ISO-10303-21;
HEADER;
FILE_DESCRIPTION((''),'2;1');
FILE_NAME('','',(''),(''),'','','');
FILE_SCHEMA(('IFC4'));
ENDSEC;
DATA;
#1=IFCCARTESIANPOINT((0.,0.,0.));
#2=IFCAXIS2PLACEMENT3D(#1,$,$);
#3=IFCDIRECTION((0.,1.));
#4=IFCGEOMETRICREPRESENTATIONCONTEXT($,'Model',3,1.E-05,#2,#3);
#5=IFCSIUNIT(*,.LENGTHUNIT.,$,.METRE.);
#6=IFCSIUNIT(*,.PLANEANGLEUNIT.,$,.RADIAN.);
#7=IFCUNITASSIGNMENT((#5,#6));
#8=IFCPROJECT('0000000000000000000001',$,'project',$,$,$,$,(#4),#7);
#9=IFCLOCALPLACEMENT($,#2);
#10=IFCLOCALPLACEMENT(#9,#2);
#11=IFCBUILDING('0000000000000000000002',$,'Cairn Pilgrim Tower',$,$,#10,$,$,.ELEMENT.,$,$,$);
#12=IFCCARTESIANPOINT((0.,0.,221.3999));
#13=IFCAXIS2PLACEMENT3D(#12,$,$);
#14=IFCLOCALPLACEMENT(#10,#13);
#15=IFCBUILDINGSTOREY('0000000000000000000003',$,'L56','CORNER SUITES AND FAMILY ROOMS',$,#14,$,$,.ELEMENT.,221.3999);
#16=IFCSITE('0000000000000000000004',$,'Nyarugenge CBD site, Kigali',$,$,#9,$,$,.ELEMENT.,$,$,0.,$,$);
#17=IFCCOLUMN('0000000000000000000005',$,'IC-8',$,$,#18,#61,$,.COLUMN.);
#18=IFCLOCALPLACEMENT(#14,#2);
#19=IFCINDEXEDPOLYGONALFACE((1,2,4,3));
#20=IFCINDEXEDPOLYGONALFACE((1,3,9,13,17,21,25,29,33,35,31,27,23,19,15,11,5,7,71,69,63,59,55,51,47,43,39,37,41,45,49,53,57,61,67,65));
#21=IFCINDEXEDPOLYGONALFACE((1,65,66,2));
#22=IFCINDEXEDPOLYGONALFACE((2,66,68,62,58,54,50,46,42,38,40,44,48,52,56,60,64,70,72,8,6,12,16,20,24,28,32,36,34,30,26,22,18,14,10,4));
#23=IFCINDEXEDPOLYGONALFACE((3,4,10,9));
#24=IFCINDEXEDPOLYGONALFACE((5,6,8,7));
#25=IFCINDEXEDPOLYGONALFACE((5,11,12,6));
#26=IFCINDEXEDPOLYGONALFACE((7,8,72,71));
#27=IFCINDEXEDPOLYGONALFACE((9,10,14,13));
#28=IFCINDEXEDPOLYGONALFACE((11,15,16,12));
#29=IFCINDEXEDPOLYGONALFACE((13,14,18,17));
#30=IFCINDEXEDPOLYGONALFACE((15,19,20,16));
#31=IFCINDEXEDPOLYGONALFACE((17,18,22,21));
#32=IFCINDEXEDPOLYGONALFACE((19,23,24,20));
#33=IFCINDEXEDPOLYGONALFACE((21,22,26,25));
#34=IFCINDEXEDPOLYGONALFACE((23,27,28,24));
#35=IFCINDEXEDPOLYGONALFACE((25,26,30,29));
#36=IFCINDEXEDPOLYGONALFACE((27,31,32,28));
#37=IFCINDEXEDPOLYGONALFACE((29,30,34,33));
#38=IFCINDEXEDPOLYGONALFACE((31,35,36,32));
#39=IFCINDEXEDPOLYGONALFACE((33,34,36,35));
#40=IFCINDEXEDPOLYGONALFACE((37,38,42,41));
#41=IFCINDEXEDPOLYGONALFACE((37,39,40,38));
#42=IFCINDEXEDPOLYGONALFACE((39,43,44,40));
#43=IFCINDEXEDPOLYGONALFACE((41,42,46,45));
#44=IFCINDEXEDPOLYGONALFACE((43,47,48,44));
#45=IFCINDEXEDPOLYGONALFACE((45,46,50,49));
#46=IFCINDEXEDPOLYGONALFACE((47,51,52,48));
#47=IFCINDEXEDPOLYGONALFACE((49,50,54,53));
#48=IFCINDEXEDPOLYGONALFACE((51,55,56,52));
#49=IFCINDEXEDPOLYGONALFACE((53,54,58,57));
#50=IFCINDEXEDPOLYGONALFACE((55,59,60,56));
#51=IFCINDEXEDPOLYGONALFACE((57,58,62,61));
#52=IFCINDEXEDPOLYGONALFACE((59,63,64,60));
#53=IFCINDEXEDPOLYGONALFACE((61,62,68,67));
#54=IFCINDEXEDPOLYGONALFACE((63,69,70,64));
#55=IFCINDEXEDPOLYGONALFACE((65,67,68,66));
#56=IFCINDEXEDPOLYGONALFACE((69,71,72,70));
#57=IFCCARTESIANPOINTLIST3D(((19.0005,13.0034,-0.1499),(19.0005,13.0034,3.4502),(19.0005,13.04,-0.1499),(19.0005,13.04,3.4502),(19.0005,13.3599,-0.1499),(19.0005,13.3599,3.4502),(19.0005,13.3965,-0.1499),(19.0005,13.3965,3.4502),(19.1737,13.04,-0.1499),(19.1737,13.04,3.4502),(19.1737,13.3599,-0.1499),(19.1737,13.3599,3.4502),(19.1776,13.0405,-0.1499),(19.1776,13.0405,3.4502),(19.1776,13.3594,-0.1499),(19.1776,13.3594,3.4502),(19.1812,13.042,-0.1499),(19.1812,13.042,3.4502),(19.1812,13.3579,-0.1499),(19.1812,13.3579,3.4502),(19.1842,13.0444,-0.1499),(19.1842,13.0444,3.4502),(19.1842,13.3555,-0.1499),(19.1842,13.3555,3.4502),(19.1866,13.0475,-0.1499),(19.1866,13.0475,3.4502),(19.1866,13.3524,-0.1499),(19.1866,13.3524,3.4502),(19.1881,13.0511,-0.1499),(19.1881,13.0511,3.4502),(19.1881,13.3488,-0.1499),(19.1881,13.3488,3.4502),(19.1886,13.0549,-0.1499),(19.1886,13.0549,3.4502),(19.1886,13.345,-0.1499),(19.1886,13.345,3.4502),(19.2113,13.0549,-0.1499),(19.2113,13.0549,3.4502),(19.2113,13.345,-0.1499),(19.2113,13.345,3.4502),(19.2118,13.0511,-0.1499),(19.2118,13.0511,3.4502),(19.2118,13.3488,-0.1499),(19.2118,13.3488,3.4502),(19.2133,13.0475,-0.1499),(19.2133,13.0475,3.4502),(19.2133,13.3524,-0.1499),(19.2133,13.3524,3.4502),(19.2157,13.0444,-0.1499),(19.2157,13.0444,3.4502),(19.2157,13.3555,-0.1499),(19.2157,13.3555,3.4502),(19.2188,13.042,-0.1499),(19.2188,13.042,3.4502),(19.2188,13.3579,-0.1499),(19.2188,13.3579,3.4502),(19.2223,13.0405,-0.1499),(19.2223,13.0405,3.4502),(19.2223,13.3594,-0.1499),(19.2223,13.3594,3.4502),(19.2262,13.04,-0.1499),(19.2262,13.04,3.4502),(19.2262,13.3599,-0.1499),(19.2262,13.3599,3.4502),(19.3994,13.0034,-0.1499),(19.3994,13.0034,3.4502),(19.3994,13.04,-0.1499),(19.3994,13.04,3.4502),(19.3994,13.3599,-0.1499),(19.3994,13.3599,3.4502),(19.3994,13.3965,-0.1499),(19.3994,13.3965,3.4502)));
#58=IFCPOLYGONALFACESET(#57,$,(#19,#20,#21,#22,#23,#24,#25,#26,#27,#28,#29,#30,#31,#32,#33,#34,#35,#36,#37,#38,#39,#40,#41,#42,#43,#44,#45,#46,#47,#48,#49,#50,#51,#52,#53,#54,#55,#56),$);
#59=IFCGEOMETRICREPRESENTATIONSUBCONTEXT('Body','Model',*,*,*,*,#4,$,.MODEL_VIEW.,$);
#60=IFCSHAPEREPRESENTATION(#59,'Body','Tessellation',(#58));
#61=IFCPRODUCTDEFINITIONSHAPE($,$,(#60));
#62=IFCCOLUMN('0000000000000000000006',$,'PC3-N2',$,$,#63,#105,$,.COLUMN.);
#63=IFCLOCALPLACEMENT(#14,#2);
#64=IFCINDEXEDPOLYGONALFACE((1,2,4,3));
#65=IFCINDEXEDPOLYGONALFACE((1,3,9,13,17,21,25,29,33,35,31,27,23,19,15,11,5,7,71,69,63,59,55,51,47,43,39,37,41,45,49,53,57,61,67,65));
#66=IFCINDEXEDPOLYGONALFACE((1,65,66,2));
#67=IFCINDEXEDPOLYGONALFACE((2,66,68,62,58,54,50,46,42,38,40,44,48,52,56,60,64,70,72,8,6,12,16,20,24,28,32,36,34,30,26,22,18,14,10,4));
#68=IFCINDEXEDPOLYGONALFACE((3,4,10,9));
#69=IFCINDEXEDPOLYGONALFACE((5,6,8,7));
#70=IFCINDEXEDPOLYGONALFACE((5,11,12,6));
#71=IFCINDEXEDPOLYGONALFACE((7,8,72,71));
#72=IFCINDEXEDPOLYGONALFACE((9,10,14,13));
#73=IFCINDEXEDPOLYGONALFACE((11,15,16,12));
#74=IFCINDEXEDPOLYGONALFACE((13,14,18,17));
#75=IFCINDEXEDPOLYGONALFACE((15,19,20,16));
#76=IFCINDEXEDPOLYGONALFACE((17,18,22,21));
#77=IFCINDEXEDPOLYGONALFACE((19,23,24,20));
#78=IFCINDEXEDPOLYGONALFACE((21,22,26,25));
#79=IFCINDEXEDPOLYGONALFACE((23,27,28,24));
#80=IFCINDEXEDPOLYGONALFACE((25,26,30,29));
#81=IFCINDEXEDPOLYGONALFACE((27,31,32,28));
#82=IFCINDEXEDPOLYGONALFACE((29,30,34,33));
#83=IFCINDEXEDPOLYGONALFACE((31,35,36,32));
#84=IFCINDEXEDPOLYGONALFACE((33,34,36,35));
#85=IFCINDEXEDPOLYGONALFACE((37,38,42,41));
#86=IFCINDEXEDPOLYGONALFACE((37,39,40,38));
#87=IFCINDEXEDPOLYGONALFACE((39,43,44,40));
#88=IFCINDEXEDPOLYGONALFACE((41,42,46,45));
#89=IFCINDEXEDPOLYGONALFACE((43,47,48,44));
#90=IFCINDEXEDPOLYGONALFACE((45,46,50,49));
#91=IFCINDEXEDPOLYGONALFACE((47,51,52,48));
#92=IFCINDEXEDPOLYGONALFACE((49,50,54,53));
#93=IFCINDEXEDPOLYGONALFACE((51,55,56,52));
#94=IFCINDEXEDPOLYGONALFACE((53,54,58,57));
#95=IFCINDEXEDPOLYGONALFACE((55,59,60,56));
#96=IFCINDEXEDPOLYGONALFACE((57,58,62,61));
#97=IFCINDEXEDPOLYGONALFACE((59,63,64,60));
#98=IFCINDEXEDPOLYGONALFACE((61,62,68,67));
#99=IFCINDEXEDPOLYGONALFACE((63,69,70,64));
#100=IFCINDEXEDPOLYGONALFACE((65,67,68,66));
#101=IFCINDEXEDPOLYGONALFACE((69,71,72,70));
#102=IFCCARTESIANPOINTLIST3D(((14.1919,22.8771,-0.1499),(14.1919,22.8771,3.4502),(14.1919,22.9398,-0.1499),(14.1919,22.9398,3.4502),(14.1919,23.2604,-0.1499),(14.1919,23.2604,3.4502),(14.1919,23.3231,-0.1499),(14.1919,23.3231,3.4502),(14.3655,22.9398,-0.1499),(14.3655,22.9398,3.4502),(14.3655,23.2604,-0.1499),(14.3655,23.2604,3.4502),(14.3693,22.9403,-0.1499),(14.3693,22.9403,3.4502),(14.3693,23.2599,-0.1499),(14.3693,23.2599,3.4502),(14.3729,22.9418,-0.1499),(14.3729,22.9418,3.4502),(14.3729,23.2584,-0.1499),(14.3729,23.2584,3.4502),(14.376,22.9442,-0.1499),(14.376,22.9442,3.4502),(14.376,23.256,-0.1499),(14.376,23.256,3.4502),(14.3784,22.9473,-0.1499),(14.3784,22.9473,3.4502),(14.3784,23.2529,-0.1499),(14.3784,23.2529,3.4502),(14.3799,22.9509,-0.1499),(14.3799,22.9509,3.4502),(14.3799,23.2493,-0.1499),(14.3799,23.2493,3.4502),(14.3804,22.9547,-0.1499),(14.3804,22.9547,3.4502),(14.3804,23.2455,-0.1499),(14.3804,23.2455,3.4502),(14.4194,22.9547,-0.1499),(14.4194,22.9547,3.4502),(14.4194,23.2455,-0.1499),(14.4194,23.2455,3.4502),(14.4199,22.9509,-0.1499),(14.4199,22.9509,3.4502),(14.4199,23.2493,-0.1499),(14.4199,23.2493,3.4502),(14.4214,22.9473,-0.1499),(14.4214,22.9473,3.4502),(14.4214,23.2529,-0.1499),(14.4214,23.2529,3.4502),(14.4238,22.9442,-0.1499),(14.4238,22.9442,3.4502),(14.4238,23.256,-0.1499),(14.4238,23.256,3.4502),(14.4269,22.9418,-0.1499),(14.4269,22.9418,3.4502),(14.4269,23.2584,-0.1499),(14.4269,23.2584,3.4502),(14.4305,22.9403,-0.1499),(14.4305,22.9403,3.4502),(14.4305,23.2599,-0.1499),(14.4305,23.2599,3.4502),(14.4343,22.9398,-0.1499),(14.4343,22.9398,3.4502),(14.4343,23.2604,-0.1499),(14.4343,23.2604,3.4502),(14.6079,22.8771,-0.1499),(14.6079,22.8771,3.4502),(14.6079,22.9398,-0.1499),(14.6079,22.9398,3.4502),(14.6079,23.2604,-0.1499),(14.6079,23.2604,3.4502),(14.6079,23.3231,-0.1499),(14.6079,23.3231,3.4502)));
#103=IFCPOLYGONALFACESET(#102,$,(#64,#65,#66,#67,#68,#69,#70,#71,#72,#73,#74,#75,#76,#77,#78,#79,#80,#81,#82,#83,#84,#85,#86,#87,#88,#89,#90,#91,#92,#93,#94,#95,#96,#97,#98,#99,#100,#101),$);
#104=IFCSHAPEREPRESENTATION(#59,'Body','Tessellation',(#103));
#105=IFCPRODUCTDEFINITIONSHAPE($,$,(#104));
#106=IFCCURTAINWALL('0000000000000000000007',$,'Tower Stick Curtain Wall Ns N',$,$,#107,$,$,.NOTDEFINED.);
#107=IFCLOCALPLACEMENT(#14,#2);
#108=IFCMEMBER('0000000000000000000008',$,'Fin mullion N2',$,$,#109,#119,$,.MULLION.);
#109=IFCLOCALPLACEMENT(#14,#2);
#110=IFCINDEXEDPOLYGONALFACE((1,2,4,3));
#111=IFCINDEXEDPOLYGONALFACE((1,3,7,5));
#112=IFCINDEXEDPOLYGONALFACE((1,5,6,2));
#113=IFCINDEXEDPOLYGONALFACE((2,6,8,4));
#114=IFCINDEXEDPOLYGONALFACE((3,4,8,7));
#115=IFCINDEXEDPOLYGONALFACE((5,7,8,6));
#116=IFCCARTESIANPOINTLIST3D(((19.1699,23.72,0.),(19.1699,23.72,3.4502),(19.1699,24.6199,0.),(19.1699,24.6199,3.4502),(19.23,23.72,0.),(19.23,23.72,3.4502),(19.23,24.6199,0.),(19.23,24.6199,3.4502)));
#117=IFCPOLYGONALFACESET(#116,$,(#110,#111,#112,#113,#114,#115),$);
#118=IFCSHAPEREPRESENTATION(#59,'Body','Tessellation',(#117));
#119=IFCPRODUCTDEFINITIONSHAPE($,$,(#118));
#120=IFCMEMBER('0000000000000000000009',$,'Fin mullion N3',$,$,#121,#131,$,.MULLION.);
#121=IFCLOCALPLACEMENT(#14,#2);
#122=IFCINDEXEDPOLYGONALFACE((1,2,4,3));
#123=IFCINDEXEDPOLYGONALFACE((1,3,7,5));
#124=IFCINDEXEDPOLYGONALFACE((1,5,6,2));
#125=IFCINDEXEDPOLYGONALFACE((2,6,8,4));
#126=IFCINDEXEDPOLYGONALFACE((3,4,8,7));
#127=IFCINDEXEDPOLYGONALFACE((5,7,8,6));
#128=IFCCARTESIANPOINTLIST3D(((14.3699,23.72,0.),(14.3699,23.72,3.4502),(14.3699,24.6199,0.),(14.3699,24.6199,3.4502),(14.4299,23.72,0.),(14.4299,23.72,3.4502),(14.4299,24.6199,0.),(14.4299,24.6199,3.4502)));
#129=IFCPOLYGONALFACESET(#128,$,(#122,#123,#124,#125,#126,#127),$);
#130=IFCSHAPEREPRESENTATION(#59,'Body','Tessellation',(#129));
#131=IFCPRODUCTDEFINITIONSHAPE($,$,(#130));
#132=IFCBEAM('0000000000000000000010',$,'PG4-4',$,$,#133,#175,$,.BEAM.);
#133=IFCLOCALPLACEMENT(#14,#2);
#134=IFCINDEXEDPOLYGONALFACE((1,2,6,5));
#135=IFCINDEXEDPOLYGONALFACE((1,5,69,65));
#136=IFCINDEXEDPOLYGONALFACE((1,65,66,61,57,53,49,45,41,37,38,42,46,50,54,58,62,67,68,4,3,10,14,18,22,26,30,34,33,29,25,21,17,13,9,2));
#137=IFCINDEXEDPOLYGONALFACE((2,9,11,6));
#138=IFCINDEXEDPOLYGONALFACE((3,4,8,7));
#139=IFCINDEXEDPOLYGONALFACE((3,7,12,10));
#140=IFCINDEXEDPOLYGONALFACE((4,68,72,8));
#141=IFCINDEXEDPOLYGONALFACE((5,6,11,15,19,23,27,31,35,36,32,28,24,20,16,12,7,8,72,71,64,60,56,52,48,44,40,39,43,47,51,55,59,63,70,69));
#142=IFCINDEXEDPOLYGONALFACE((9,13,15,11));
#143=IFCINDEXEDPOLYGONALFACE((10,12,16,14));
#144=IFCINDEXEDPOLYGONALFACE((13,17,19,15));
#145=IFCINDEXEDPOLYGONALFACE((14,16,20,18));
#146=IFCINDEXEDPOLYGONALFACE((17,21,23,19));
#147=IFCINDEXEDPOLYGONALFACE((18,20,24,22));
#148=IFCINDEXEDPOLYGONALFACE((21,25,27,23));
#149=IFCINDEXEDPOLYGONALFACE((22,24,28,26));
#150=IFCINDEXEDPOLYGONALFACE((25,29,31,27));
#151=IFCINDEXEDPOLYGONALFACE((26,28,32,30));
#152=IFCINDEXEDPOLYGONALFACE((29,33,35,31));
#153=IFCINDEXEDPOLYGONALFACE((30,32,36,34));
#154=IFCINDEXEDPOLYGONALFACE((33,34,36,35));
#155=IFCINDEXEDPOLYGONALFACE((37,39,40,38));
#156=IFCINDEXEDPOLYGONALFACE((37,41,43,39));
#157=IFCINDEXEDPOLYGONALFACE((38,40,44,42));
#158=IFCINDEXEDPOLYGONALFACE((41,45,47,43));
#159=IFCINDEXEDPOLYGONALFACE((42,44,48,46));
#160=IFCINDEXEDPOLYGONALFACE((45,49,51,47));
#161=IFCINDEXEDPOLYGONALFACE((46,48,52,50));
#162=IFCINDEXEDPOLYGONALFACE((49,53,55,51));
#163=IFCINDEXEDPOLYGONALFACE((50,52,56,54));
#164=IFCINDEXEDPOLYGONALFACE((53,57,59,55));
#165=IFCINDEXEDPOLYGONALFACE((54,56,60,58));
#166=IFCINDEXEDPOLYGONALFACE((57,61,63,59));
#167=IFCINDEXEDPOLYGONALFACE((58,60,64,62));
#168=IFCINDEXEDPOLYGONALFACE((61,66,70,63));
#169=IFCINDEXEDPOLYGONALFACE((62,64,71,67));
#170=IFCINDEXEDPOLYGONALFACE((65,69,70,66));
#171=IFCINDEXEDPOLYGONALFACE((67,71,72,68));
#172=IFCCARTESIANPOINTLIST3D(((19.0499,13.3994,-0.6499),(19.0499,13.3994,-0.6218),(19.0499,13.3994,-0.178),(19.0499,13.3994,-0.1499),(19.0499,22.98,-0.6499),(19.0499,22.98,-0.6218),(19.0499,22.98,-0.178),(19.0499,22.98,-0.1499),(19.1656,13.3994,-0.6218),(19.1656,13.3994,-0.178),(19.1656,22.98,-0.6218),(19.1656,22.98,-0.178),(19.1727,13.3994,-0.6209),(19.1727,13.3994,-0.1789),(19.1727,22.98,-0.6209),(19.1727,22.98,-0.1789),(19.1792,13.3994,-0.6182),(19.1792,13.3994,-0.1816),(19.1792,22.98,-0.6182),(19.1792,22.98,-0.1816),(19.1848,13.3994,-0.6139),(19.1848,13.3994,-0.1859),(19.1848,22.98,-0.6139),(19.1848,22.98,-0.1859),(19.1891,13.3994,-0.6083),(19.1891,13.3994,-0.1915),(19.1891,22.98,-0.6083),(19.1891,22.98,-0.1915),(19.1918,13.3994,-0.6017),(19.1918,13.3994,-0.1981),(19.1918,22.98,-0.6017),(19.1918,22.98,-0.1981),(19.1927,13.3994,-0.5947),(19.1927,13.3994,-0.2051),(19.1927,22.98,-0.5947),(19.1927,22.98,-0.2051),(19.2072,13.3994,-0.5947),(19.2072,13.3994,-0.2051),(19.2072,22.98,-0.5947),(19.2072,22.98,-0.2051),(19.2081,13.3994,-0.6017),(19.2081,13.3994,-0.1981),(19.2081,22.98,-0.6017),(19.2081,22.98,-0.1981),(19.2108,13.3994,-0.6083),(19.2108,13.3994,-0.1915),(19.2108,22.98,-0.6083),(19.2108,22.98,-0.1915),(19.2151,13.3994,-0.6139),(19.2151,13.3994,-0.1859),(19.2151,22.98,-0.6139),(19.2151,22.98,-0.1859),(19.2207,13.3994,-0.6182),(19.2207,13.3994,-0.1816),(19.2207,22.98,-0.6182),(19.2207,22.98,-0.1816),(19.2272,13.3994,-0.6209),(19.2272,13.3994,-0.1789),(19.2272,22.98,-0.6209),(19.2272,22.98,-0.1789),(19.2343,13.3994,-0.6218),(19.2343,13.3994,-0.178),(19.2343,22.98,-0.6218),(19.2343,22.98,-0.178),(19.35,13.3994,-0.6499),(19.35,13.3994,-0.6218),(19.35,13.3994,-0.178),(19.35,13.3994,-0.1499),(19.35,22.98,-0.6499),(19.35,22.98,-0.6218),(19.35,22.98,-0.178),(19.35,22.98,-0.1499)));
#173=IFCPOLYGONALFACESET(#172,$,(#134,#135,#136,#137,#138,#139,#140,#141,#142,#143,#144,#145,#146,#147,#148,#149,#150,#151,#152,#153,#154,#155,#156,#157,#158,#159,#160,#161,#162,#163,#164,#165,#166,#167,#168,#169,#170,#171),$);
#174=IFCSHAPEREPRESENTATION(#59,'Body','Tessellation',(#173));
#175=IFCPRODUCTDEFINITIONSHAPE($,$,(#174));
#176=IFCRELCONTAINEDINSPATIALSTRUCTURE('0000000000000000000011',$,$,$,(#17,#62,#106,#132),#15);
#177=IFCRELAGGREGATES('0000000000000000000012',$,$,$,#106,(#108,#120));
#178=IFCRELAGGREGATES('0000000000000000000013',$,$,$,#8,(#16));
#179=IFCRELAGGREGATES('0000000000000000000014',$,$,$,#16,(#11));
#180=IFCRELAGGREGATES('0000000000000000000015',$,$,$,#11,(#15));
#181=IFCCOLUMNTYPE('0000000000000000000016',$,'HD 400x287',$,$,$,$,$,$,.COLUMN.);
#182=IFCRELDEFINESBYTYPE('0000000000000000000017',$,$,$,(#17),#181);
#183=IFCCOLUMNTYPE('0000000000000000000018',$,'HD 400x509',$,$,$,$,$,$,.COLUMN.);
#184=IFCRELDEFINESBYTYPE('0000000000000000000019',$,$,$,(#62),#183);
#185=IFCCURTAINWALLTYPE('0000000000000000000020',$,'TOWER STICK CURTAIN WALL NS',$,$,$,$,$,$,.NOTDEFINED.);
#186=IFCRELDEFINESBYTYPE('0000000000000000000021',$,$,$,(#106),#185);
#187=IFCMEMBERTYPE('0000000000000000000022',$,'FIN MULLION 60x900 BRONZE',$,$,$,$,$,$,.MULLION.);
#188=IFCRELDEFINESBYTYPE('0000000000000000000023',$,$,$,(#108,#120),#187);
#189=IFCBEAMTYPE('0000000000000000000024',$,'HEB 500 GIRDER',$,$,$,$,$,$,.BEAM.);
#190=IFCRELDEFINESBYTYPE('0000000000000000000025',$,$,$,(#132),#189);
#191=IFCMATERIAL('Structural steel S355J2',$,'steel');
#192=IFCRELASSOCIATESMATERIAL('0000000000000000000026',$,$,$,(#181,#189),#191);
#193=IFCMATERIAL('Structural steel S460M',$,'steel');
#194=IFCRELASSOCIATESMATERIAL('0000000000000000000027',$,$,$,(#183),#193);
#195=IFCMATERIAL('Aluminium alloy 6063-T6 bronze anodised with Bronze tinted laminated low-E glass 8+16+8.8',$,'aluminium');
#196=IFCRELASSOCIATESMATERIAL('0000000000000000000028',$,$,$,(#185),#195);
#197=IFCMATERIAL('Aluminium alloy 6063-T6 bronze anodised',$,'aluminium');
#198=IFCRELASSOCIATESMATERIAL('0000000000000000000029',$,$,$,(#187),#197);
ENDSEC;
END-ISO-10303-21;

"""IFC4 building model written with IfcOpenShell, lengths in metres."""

from ifc_helpers import new_model, si_unit, direction, frame, origin, origin_2d, place, context, subcontext, project, spatial, rectangle, i_section, extrude, material, material_profile, profile_set, type_object, element, aggregate, save


model = new_model("IFC4")

# Units and contexts
model_context = context("Model", 3, precision=1e-05, world=origin(), true_north=direction((0.0, 1.0)))
body_context = subcontext(model_context, "Body", "Model", "MODEL_VIEW")
ifc_project = project(units=[si_unit("LENGTHUNIT", "METRE"), si_unit("PLANEANGLEUNIT", "RADIAN")], contexts=[model_context])

# Site, building, storey
site_placement = place(None, origin())
site = spatial("IfcSite", under=ifc_project, at=site_placement, Name="Nyarugenge CBD site, Kigali", CompositionType="ELEMENT", RefElevation=0.0)
building_placement = place(site_placement, origin())
building = spatial("IfcBuilding", under=site, at=building_placement, Name="Cairn Pilgrim Tower", CompositionType="ELEMENT")
storey_placement = place(building_placement, frame((0.0, 0.0, 221.3999)))
storey = spatial("IfcBuildingStorey", under=building, at=storey_placement, Name="L56", Description="CORNER SUITES AND FAMILY ROOMS", CompositionType="ELEMENT", Elevation=221.3999)

# Columns
ifc_material_1 = material(Name="Structural steel S355J2", Category="steel")
ifc_material_profile_1 = material_profile(ifc_material_1, i_section(OverallWidth=0.3989, OverallDepth=0.3931, WebThickness=0.0227, FlangeThickness=0.0366, FilletRadius=0.0149, at=origin_2d()), Name="HD 400x287")
ifc_profile_set_1 = profile_set([ifc_material_profile_1], Name="Structural steel S355J2")
column_type_1 = type_object("IfcColumnType", Name="HD 400x287", PredefinedType="COLUMN", material=ifc_profile_set_1)
column_1_placement = place(storey_placement, frame((19.2, 13.2, -0.1499), z_axis=(0.0, 0.0, 1.0), x_axis=(1.0, 0.0, 0.0)))
element("IfcColumn", 1, at=column_1_placement, inside=storey, type_object=column_type_1, Name="IC-8", PredefinedType="COLUMN", context=body_context, shape_type="SweptSolid", body=[
    extrude(i_section(OverallWidth=0.3989, OverallDepth=0.3931, WebThickness=0.0227, FlangeThickness=0.0366, FilletRadius=0.0149, at=origin_2d()), origin(), (0.0, 0.0, 1.0), 3.6001),
])
ifc_material_2 = material(Name="Structural steel S460M", Category="steel")
ifc_material_profile_2 = material_profile(ifc_material_2, i_section(OverallWidth=0.416, OverallDepth=0.446, WebThickness=0.0391, FlangeThickness=0.0627, FilletRadius=0.0149, at=origin_2d()), Name="HD 400x509")
ifc_profile_set_2 = profile_set([ifc_material_profile_2], Name="Structural steel S460M")
column_type_2 = type_object("IfcColumnType", Name="HD 400x509", PredefinedType="COLUMN", material=ifc_profile_set_2)
column_2_placement = place(storey_placement, frame((14.3999, 23.1001, -0.1499), z_axis=(0.0, 0.0, 1.0), x_axis=(1.0, 0.0, 0.0)))
element("IfcColumn", 2, at=column_2_placement, inside=storey, type_object=column_type_2, Name="PC3-N2", PredefinedType="COLUMN", context=body_context, shape_type="SweptSolid", body=[
    extrude(i_section(OverallWidth=0.416, OverallDepth=0.446, WebThickness=0.0391, FlangeThickness=0.0627, FilletRadius=0.0149, at=origin_2d()), origin(), (0.0, 0.0, 1.0), 3.6001),
])

# Curtain wall, members
ifc_material_3 = material(Name="Aluminium alloy 6063-T6 bronze anodised with Bronze tinted laminated low-E glass 8+16+8.8", Category="aluminium")
curtain_wall_type = type_object("IfcCurtainWallType", Name="TOWER STICK CURTAIN WALL NS", PredefinedType="NOTDEFINED", material=ifc_material_3)
curtain_wall_placement = place(storey_placement, origin())
curtain_wall = element("IfcCurtainWall", 3, at=curtain_wall_placement, inside=storey, type_object=curtain_wall_type, Name="Tower Stick Curtain Wall Ns N", PredefinedType="NOTDEFINED")
ifc_material_4 = material(Name="Aluminium alloy 6063-T6 bronze anodised", Category="aluminium")
ifc_material_profile_3 = material_profile(ifc_material_4, rectangle(XDim=0.8999, YDim=0.0601, at=origin_2d()), Name="FIN MULLION 60x900 BRONZE")
ifc_profile_set_3 = profile_set([ifc_material_profile_3], Name="Aluminium alloy 6063-T6 bronze anodised")
member_type_1 = type_object("IfcMemberType", Name="FIN MULLION 60x900 BRONZE", PredefinedType="MULLION", material=ifc_profile_set_3)
member_1_placement = place(storey_placement, frame((19.2, 24.1699, 0.0), z_axis=(0.0, 0.0, 1.0), x_axis=(0.0, 1.0, 0.0)))
member_1 = element("IfcMember", 4, at=member_1_placement, type_object=member_type_1, Name="Fin mullion N2", PredefinedType="MULLION", context=body_context, shape_type="SweptSolid", body=[
    extrude(rectangle(XDim=0.8999, YDim=0.0601, at=origin_2d()), origin(), (0.0, 0.0, 1.0), 3.4502),
])
member_2_placement = place(storey_placement, frame((14.3999, 24.1699, 0.0), z_axis=(0.0, 0.0, 1.0), x_axis=(0.0, 1.0, 0.0)))
member_2 = element("IfcMember", 5, at=member_2_placement, type_object=member_type_1, Name="Fin mullion N3", PredefinedType="MULLION", context=body_context, shape_type="SweptSolid", body=[
    extrude(rectangle(XDim=0.8999, YDim=0.0601, at=origin_2d()), origin(), (0.0, 0.0, 1.0), 3.4502),
])

# Beam
ifc_material_profile_4 = material_profile(ifc_material_1, i_section(OverallWidth=0.3, OverallDepth=0.5, WebThickness=0.0144, FlangeThickness=0.0281, FilletRadius=0.0271, at=origin_2d()), Name="HEB 500")
ifc_profile_set_4 = profile_set([ifc_material_profile_4], Name="Structural steel S355J2")
beam_type_1 = type_object("IfcBeamType", Name="HEB 500 GIRDER", PredefinedType="BEAM", material=ifc_profile_set_4)
beam_1_placement = place(storey_placement, frame((19.2, 13.3994, -0.3999), z_axis=(0.0, 1.0, 0.0), x_axis=(-1.0, 0.0, 0.0)))
element("IfcBeam", 6, at=beam_1_placement, inside=storey, type_object=beam_type_1, Name="PG4-4", PredefinedType="BEAM", context=body_context, shape_type="SweptSolid", body=[
    extrude(i_section(OverallWidth=0.3, OverallDepth=0.5, WebThickness=0.0144, FlangeThickness=0.0281, FilletRadius=0.0271, at=origin_2d()), origin(), (0.0, 0.0, 1.0), 9.5806),
])

aggregate(curtain_wall, [member_1, member_2])

save(model, "model.ifc")
